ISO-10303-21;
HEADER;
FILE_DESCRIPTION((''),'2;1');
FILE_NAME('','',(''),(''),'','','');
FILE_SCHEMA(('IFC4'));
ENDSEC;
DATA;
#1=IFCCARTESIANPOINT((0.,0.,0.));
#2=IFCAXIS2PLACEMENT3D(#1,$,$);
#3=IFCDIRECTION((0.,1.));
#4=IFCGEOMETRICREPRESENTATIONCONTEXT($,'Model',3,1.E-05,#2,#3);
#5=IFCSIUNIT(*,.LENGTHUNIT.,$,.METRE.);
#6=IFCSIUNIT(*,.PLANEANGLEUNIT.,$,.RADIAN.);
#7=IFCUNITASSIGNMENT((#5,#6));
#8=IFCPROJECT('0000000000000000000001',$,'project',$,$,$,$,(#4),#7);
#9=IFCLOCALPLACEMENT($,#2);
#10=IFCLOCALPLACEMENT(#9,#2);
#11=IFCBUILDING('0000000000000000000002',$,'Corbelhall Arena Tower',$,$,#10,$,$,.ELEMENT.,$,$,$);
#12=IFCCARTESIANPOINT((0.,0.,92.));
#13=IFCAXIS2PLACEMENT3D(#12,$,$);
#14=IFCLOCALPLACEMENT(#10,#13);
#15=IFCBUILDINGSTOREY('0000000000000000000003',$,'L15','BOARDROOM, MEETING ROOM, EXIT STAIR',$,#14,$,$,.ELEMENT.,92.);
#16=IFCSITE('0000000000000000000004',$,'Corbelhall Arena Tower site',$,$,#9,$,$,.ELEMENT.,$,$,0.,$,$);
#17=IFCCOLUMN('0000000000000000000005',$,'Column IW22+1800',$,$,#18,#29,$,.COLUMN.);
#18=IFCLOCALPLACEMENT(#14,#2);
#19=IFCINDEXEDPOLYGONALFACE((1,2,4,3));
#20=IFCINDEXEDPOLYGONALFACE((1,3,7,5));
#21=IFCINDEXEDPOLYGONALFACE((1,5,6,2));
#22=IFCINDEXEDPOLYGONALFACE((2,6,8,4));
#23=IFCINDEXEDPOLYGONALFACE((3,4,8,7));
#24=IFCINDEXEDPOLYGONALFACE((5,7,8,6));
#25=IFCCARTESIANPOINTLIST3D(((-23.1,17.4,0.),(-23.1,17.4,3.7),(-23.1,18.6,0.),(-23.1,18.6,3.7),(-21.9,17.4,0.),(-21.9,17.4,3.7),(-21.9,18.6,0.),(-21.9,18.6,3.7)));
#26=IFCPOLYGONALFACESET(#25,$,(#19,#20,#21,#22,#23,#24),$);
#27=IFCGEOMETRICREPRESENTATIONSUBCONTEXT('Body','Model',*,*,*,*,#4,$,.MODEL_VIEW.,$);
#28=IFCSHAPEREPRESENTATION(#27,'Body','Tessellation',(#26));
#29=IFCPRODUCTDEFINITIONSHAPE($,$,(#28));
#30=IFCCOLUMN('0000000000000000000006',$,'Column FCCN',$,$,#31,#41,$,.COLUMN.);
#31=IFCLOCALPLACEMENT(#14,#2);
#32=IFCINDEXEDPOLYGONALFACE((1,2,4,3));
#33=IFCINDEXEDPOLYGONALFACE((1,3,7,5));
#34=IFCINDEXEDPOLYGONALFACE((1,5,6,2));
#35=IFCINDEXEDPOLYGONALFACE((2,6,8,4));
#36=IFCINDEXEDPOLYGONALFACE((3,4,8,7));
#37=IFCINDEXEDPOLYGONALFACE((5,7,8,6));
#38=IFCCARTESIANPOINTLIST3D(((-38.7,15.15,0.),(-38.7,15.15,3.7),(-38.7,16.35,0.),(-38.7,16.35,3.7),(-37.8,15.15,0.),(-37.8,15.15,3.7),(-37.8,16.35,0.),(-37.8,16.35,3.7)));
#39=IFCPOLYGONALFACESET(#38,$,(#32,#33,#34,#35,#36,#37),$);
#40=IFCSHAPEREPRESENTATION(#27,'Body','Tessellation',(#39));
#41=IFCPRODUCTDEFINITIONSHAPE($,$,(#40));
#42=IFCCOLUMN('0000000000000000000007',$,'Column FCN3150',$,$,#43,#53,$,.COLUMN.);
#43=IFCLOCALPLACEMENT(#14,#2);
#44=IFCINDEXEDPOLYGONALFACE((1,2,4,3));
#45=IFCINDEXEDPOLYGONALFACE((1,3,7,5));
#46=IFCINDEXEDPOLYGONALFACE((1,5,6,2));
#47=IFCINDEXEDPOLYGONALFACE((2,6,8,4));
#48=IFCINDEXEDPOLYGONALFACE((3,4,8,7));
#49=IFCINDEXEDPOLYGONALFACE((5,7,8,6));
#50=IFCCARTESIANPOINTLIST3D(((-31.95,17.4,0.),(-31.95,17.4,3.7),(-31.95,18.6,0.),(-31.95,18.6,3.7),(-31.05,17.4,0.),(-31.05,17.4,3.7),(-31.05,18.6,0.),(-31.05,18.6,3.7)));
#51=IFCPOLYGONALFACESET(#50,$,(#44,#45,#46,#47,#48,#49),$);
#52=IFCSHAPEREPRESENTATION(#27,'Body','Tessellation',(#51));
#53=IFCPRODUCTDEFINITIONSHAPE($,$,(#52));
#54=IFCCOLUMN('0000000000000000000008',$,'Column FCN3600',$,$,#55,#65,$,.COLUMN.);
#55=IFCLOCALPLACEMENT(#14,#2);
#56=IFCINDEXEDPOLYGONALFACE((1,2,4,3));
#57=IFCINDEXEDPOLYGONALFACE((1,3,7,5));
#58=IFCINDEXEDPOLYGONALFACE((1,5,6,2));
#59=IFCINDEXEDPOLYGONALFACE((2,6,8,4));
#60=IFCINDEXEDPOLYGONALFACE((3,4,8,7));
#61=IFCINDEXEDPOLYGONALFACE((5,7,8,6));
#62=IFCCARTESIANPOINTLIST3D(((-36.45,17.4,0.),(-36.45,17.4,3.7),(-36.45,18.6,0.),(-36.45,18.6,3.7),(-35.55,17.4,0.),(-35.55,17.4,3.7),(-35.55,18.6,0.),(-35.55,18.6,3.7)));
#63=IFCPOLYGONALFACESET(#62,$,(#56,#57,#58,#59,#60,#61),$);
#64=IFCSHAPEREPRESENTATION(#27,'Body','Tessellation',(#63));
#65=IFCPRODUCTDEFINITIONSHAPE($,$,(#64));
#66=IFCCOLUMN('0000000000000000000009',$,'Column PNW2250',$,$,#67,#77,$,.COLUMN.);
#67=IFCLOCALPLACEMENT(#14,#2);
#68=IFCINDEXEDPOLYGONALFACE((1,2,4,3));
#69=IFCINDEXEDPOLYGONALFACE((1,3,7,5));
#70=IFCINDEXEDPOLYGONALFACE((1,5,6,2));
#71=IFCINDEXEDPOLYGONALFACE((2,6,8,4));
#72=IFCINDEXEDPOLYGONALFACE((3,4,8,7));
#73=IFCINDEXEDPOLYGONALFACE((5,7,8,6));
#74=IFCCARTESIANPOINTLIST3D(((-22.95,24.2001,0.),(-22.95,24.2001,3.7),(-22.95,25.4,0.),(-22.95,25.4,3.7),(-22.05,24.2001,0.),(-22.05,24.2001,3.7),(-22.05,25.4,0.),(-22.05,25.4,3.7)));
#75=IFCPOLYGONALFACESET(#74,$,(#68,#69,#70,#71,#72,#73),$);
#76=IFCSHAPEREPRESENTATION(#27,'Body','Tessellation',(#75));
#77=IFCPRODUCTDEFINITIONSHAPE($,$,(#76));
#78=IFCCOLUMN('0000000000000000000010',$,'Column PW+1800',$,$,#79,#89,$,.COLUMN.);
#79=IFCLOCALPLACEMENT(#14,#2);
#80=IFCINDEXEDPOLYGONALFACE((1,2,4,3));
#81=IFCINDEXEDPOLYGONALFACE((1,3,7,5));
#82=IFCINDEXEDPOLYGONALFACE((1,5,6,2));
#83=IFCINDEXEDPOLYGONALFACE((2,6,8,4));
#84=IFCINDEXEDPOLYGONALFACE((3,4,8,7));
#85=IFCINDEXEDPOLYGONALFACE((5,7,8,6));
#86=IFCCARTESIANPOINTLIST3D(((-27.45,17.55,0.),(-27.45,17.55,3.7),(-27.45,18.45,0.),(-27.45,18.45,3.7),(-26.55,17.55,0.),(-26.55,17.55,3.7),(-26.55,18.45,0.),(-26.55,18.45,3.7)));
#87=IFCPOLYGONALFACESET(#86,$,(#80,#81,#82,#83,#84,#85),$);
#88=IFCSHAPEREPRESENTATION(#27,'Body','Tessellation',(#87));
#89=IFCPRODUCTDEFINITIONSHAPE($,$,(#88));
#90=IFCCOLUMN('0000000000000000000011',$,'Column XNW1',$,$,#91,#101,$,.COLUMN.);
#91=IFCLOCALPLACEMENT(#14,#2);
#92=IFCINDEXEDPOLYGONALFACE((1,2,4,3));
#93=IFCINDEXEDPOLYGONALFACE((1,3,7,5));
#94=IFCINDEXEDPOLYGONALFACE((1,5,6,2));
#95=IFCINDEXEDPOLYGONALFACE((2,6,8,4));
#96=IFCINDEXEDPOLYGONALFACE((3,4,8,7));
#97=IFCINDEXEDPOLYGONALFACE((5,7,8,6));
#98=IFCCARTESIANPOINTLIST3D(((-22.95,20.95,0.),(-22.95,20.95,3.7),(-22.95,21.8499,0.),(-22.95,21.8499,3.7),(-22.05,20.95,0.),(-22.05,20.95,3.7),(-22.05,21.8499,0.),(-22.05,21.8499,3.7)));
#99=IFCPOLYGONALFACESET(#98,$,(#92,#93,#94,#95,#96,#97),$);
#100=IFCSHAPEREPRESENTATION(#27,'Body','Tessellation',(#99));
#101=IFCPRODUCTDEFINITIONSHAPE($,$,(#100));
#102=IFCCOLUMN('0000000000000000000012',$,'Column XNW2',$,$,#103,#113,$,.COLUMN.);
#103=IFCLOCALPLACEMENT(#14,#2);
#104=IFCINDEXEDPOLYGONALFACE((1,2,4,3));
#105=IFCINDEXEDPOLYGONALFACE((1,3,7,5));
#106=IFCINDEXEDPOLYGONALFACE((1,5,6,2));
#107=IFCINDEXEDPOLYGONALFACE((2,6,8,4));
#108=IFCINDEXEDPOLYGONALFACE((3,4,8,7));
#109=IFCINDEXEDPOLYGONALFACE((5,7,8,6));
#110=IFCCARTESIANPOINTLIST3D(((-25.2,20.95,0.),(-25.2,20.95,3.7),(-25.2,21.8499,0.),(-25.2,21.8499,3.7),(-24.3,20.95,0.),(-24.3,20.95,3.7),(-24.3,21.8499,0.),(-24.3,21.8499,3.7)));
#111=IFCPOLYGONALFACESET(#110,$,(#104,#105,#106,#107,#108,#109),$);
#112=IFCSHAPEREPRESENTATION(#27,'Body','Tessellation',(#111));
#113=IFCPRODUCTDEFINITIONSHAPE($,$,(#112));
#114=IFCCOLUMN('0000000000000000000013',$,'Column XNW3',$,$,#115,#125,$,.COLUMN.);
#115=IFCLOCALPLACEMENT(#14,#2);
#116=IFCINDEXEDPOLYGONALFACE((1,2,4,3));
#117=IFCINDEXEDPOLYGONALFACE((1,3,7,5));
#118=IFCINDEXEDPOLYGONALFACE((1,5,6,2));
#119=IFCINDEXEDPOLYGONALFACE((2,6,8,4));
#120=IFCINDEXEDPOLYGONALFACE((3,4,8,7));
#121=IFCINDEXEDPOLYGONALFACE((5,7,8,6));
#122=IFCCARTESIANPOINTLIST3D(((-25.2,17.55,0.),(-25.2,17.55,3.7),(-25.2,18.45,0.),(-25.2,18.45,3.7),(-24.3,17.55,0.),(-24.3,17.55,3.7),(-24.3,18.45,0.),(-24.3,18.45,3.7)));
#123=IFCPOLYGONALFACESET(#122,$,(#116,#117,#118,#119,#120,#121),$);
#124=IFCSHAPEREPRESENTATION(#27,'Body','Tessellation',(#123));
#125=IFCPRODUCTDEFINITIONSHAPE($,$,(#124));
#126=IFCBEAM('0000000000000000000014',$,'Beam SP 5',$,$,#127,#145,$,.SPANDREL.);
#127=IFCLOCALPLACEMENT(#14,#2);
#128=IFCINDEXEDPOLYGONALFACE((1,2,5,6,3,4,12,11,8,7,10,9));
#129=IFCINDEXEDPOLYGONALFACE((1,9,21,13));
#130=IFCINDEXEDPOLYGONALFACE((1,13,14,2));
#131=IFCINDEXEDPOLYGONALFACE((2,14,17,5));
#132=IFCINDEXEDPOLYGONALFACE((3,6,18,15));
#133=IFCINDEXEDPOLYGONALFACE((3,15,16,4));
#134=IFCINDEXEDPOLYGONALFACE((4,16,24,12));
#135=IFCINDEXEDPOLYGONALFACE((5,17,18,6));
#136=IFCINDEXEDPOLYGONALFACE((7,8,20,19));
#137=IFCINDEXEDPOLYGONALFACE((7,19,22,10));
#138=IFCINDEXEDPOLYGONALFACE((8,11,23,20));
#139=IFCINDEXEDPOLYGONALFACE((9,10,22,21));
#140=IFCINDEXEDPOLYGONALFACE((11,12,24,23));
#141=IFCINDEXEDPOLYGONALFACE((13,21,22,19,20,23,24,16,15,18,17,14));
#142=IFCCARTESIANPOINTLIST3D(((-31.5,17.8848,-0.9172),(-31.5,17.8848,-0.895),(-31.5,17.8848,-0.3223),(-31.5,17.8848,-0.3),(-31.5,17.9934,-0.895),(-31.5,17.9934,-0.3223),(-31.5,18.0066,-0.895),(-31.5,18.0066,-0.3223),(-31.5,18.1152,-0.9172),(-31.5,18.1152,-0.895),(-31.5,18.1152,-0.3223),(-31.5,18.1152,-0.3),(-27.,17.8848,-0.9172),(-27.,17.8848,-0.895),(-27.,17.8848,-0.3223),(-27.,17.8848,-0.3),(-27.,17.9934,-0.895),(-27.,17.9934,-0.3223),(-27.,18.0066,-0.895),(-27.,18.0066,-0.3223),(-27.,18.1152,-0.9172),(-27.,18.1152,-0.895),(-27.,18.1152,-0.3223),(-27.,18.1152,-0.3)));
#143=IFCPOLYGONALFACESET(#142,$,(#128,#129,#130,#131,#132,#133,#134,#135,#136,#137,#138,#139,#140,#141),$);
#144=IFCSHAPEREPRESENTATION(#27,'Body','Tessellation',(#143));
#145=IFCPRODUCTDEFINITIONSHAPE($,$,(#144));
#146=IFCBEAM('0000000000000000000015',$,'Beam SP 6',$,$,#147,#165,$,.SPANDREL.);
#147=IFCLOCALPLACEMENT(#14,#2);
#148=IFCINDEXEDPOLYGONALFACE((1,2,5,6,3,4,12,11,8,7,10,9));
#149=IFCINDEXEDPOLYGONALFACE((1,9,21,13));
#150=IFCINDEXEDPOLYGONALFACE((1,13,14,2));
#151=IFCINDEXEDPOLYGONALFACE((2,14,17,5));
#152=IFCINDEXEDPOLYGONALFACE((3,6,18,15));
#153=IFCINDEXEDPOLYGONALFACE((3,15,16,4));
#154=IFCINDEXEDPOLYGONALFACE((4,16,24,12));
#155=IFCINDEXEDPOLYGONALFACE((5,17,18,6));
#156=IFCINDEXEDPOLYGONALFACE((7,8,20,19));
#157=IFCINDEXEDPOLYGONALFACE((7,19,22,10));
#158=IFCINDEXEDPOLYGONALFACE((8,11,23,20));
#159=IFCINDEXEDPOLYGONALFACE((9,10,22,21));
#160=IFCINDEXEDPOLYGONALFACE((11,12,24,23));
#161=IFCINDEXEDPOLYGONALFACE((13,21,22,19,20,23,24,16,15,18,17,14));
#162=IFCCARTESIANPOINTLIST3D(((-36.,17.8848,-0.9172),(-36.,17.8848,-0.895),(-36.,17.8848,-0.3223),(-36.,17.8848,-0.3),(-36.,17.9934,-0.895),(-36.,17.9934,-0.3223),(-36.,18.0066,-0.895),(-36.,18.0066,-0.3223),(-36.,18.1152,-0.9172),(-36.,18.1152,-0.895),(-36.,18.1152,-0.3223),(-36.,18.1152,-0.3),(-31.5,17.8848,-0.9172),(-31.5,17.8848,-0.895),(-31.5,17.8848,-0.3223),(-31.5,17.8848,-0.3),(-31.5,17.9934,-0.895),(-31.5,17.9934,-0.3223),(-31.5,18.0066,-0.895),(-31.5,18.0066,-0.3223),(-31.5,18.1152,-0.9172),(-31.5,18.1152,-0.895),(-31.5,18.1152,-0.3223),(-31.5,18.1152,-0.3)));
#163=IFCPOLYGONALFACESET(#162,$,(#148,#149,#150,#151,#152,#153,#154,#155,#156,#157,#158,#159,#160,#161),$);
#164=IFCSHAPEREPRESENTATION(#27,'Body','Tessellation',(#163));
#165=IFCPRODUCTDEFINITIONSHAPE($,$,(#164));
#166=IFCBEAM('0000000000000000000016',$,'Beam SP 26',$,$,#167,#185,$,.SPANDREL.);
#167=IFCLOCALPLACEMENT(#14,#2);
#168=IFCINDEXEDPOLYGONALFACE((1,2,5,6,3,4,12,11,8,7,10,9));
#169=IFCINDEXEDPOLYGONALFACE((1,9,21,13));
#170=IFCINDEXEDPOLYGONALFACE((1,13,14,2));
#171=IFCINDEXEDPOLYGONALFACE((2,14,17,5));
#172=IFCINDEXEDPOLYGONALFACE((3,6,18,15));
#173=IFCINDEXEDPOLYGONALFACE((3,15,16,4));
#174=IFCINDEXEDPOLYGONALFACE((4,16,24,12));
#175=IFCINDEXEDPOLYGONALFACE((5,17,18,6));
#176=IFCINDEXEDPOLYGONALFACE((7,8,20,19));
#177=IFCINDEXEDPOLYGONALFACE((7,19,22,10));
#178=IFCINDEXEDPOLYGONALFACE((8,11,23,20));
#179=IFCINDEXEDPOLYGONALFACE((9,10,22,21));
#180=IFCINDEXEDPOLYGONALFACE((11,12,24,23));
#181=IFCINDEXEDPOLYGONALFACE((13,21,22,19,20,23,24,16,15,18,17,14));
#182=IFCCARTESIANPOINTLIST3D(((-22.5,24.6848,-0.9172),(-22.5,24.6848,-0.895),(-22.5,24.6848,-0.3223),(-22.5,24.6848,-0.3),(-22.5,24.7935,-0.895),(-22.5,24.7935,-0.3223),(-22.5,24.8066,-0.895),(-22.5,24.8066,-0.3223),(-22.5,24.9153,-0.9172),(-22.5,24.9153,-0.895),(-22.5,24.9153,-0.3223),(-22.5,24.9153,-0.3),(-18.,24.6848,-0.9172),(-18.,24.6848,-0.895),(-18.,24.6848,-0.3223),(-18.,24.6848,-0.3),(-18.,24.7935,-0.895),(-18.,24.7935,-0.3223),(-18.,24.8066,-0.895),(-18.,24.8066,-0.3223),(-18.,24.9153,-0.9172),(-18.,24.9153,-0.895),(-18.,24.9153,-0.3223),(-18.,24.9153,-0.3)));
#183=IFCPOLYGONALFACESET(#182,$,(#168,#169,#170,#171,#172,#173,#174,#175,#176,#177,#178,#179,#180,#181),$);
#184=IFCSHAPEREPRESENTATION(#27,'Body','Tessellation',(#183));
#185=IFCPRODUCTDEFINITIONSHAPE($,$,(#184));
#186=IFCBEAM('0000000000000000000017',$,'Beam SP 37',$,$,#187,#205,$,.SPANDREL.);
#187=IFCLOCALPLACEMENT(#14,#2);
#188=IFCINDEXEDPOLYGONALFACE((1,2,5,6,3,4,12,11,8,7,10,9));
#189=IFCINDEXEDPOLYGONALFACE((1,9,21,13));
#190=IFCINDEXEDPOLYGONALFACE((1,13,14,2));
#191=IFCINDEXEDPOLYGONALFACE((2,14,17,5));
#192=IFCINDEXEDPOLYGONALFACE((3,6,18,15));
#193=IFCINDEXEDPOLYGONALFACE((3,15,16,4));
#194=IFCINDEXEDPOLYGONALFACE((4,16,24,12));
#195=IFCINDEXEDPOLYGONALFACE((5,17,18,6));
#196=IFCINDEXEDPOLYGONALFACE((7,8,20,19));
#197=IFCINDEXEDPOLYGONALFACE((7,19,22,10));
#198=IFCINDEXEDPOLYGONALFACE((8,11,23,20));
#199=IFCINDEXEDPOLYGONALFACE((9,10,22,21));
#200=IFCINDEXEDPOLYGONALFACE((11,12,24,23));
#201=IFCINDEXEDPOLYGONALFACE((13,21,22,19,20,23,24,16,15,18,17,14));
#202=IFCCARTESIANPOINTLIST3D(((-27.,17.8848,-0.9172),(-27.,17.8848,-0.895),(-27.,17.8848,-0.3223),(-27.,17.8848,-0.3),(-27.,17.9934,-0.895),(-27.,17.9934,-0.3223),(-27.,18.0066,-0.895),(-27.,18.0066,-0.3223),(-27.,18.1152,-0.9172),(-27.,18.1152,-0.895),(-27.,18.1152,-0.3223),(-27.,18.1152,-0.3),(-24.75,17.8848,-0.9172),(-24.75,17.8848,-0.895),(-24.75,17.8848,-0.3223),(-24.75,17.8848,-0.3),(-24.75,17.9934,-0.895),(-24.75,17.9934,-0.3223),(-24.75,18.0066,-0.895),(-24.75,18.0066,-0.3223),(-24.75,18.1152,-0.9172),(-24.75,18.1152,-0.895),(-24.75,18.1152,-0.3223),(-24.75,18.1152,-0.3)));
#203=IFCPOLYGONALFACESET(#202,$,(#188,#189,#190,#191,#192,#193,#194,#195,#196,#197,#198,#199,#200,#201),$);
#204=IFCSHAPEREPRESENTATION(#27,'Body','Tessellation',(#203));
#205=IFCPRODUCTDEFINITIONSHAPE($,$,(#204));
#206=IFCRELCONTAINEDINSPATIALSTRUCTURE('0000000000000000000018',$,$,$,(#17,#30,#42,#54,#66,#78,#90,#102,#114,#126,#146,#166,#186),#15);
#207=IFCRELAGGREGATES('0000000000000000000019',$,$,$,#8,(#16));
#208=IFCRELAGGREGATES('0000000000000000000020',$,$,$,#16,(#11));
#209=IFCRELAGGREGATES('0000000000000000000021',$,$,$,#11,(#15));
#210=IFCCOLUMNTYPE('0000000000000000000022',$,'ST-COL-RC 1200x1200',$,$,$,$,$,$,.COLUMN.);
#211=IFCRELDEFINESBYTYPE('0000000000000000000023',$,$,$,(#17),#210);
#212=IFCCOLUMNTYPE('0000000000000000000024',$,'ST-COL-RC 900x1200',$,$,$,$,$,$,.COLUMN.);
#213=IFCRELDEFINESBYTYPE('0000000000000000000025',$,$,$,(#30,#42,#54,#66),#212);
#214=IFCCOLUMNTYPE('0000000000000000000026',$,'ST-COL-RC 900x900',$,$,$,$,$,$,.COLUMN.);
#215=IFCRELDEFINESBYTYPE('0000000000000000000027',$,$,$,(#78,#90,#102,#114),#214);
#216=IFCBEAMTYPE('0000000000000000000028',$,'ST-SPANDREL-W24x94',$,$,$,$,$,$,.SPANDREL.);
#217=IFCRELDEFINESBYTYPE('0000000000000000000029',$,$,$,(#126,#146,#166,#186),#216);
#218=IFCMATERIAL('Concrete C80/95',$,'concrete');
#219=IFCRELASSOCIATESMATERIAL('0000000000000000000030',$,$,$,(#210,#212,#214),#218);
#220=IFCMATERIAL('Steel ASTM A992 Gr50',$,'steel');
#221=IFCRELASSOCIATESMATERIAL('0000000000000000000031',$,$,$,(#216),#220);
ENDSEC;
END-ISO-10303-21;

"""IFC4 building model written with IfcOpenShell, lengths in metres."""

from ifc_helpers import new_model, si_unit, direction, frame, origin, origin_2d, place, context, subcontext, project, spatial, rectangle, i_section, extrude, material, material_profile, profile_set, type_object, element, save


model = new_model("IFC4")

# Units and contexts
model_context = context("Model", 3, precision=1e-05, world=origin(), true_north=direction((0.0, 1.0)))
body_context = subcontext(model_context, "Body", "Model", "MODEL_VIEW")
ifc_project = project(units=[si_unit("LENGTHUNIT", "METRE"), si_unit("PLANEANGLEUNIT", "RADIAN")], contexts=[model_context])

# Site, building, storey
site_placement = place(None, origin())
site = spatial("IfcSite", under=ifc_project, at=site_placement, Name="Corbelhall Arena Tower site", CompositionType="ELEMENT", RefElevation=0.0)
building_placement = place(site_placement, origin())
building = spatial("IfcBuilding", under=site, at=building_placement, Name="Corbelhall Arena Tower", CompositionType="ELEMENT")
storey_placement = place(building_placement, frame((0.0, 0.0, 92.0)))
storey = spatial("IfcBuildingStorey", under=building, at=storey_placement, Name="L15", Description="BOARDROOM, MEETING ROOM, EXIT STAIR", CompositionType="ELEMENT", Elevation=92.0)

# Columns
ifc_material_1 = material(Name="Concrete C80/95", Category="concrete")
ifc_material_profile_1 = material_profile(ifc_material_1, rectangle(XDim=1.2, YDim=1.2, at=origin_2d()))
ifc_profile_set_1 = profile_set([ifc_material_profile_1], Name="Concrete C80/95")
column_type_1 = type_object("IfcColumnType", Name="ST-COL-RC 1200x1200", PredefinedType="COLUMN", material=ifc_profile_set_1)
column_placement = place(storey_placement, frame((-22.5, 18.0, 0.0), z_axis=(0.0, 0.0, 1.0), x_axis=(1.0, 0.0, 0.0)))
element("IfcColumn", 1, at=column_placement, inside=storey, type_object=column_type_1, Name="Column IW22+1800", PredefinedType="COLUMN", context=body_context, shape_type="SweptSolid", body=[
    extrude(rectangle(XDim=1.2, YDim=1.2, at=origin_2d()), origin(), (0.0, 0.0, 1.0), 3.7),
])
ifc_material_profile_2 = material_profile(ifc_material_1, rectangle(XDim=0.8999, YDim=1.2, at=origin_2d()))
ifc_profile_set_2 = profile_set([ifc_material_profile_2], Name="Concrete C80/95")
column_type_2 = type_object("IfcColumnType", Name="ST-COL-RC 900x1200", PredefinedType="COLUMN", material=ifc_profile_set_2)
for number, where, z_axis, x_axis, name in (
    (2, (-38.25, 15.75, 0.0), (0.0, 0.0, 1.0), (1.0, 0.0, 0.0), "Column FCCN"),
    (3, (-31.5, 18.0, 0.0), (0.0, 0.0, 1.0), (1.0, 0.0, 0.0), "Column FCN3150"),
    (4, (-36.0, 18.0, 0.0), (0.0, 0.0, 1.0), (1.0, 0.0, 0.0), "Column FCN3600"),
    (5, (-22.5, 24.8, 0.0), (0.0, 0.0, 1.0), (1.0, 0.0, 0.0), "Column PNW2250"),
):
    element("IfcColumn", number, at=place(storey_placement, frame(where, z_axis=z_axis, x_axis=x_axis)), inside=storey, type_object=column_type_2, Name=name, PredefinedType="COLUMN", context=body_context, shape_type="SweptSolid", body=[
        extrude(rectangle(XDim=0.8999, YDim=1.2, at=origin_2d()), origin(), (0.0, 0.0, 1.0), 3.7),
    ])
ifc_material_profile_3 = material_profile(ifc_material_1, rectangle(XDim=0.8999, YDim=0.8999, at=origin_2d()))
ifc_profile_set_3 = profile_set([ifc_material_profile_3], Name="Concrete C80/95")
column_type_3 = type_object("IfcColumnType", Name="ST-COL-RC 900x900", PredefinedType="COLUMN", material=ifc_profile_set_3)
for number, where, z_axis, x_axis, name in (
    (6, (-27.0, 18.0, 0.0), (0.0, 0.0, 1.0), (1.0, 0.0, 0.0), "Column PW+1800"),
    (7, (-22.5, 21.3999, 0.0), (0.0, 0.0, 1.0), (1.0, 0.0, 0.0), "Column XNW1"),
    (8, (-24.75, 21.3999, 0.0), (0.0, 0.0, 1.0), (1.0, 0.0, 0.0), "Column XNW2"),
    (9, (-24.75, 18.0, 0.0), (0.0, 0.0, 1.0), (1.0, 0.0, 0.0), "Column XNW3"),
):
    element("IfcColumn", number, at=place(storey_placement, frame(where, z_axis=z_axis, x_axis=x_axis)), inside=storey, type_object=column_type_3, Name=name, PredefinedType="COLUMN", context=body_context, shape_type="SweptSolid", body=[
        extrude(rectangle(XDim=0.8999, YDim=0.8999, at=origin_2d()), origin(), (0.0, 0.0, 1.0), 3.7),
    ])

# Beams
ifc_material_2 = material(Name="Steel ASTM A992 Gr50", Category="steel")
ifc_material_profile_4 = material_profile(ifc_material_2, i_section(OverallWidth=0.2305, OverallDepth=0.6172, WebThickness=0.0132, FlangeThickness=0.0222, at=origin_2d()))
ifc_profile_set_4 = profile_set([ifc_material_profile_4], Name="Steel ASTM A992 Gr50")
beam_type = type_object("IfcBeamType", Name="ST-SPANDREL-W24x94", PredefinedType="SPANDREL", material=ifc_profile_set_4)
for number, where, z_axis, x_axis, name in (
    (10, (-31.5, 18.0, -0.6086), (1.0, 0.0, 0.0), (0.0, 1.0, 0.0), "Beam SP 5"),
    (11, (-36.0, 18.0, -0.6086), (1.0, 0.0, 0.0), (0.0, 1.0, 0.0), "Beam SP 6"),
    (12, (-22.5, 24.8, -0.6086), (1.0, 0.0, 0.0), (0.0, 1.0, 0.0), "Beam SP 26"),
):
    element("IfcBeam", number, at=place(storey_placement, frame(where, z_axis=z_axis, x_axis=x_axis)), inside=storey, type_object=beam_type, Name=name, PredefinedType="SPANDREL", context=body_context, shape_type="SweptSolid", body=[
        extrude(i_section(OverallWidth=0.2305, OverallDepth=0.6172, WebThickness=0.0132, FlangeThickness=0.0222, at=origin_2d()), origin(), (0.0, 0.0, 1.0), 4.5),
    ])
beam_1_placement = place(storey_placement, frame((-27.0, 18.0, -0.6086), z_axis=(1.0, 0.0, 0.0), x_axis=(0.0, 1.0, 0.0)))
element("IfcBeam", 13, at=beam_1_placement, inside=storey, type_object=beam_type, Name="Beam SP 37", PredefinedType="SPANDREL", context=body_context, shape_type="SweptSolid", body=[
    extrude(i_section(OverallWidth=0.2305, OverallDepth=0.6172, WebThickness=0.0132, FlangeThickness=0.0222, at=origin_2d()), origin(), (0.0, 0.0, 1.0), 2.25),
])

save(model, "model.ifc")
